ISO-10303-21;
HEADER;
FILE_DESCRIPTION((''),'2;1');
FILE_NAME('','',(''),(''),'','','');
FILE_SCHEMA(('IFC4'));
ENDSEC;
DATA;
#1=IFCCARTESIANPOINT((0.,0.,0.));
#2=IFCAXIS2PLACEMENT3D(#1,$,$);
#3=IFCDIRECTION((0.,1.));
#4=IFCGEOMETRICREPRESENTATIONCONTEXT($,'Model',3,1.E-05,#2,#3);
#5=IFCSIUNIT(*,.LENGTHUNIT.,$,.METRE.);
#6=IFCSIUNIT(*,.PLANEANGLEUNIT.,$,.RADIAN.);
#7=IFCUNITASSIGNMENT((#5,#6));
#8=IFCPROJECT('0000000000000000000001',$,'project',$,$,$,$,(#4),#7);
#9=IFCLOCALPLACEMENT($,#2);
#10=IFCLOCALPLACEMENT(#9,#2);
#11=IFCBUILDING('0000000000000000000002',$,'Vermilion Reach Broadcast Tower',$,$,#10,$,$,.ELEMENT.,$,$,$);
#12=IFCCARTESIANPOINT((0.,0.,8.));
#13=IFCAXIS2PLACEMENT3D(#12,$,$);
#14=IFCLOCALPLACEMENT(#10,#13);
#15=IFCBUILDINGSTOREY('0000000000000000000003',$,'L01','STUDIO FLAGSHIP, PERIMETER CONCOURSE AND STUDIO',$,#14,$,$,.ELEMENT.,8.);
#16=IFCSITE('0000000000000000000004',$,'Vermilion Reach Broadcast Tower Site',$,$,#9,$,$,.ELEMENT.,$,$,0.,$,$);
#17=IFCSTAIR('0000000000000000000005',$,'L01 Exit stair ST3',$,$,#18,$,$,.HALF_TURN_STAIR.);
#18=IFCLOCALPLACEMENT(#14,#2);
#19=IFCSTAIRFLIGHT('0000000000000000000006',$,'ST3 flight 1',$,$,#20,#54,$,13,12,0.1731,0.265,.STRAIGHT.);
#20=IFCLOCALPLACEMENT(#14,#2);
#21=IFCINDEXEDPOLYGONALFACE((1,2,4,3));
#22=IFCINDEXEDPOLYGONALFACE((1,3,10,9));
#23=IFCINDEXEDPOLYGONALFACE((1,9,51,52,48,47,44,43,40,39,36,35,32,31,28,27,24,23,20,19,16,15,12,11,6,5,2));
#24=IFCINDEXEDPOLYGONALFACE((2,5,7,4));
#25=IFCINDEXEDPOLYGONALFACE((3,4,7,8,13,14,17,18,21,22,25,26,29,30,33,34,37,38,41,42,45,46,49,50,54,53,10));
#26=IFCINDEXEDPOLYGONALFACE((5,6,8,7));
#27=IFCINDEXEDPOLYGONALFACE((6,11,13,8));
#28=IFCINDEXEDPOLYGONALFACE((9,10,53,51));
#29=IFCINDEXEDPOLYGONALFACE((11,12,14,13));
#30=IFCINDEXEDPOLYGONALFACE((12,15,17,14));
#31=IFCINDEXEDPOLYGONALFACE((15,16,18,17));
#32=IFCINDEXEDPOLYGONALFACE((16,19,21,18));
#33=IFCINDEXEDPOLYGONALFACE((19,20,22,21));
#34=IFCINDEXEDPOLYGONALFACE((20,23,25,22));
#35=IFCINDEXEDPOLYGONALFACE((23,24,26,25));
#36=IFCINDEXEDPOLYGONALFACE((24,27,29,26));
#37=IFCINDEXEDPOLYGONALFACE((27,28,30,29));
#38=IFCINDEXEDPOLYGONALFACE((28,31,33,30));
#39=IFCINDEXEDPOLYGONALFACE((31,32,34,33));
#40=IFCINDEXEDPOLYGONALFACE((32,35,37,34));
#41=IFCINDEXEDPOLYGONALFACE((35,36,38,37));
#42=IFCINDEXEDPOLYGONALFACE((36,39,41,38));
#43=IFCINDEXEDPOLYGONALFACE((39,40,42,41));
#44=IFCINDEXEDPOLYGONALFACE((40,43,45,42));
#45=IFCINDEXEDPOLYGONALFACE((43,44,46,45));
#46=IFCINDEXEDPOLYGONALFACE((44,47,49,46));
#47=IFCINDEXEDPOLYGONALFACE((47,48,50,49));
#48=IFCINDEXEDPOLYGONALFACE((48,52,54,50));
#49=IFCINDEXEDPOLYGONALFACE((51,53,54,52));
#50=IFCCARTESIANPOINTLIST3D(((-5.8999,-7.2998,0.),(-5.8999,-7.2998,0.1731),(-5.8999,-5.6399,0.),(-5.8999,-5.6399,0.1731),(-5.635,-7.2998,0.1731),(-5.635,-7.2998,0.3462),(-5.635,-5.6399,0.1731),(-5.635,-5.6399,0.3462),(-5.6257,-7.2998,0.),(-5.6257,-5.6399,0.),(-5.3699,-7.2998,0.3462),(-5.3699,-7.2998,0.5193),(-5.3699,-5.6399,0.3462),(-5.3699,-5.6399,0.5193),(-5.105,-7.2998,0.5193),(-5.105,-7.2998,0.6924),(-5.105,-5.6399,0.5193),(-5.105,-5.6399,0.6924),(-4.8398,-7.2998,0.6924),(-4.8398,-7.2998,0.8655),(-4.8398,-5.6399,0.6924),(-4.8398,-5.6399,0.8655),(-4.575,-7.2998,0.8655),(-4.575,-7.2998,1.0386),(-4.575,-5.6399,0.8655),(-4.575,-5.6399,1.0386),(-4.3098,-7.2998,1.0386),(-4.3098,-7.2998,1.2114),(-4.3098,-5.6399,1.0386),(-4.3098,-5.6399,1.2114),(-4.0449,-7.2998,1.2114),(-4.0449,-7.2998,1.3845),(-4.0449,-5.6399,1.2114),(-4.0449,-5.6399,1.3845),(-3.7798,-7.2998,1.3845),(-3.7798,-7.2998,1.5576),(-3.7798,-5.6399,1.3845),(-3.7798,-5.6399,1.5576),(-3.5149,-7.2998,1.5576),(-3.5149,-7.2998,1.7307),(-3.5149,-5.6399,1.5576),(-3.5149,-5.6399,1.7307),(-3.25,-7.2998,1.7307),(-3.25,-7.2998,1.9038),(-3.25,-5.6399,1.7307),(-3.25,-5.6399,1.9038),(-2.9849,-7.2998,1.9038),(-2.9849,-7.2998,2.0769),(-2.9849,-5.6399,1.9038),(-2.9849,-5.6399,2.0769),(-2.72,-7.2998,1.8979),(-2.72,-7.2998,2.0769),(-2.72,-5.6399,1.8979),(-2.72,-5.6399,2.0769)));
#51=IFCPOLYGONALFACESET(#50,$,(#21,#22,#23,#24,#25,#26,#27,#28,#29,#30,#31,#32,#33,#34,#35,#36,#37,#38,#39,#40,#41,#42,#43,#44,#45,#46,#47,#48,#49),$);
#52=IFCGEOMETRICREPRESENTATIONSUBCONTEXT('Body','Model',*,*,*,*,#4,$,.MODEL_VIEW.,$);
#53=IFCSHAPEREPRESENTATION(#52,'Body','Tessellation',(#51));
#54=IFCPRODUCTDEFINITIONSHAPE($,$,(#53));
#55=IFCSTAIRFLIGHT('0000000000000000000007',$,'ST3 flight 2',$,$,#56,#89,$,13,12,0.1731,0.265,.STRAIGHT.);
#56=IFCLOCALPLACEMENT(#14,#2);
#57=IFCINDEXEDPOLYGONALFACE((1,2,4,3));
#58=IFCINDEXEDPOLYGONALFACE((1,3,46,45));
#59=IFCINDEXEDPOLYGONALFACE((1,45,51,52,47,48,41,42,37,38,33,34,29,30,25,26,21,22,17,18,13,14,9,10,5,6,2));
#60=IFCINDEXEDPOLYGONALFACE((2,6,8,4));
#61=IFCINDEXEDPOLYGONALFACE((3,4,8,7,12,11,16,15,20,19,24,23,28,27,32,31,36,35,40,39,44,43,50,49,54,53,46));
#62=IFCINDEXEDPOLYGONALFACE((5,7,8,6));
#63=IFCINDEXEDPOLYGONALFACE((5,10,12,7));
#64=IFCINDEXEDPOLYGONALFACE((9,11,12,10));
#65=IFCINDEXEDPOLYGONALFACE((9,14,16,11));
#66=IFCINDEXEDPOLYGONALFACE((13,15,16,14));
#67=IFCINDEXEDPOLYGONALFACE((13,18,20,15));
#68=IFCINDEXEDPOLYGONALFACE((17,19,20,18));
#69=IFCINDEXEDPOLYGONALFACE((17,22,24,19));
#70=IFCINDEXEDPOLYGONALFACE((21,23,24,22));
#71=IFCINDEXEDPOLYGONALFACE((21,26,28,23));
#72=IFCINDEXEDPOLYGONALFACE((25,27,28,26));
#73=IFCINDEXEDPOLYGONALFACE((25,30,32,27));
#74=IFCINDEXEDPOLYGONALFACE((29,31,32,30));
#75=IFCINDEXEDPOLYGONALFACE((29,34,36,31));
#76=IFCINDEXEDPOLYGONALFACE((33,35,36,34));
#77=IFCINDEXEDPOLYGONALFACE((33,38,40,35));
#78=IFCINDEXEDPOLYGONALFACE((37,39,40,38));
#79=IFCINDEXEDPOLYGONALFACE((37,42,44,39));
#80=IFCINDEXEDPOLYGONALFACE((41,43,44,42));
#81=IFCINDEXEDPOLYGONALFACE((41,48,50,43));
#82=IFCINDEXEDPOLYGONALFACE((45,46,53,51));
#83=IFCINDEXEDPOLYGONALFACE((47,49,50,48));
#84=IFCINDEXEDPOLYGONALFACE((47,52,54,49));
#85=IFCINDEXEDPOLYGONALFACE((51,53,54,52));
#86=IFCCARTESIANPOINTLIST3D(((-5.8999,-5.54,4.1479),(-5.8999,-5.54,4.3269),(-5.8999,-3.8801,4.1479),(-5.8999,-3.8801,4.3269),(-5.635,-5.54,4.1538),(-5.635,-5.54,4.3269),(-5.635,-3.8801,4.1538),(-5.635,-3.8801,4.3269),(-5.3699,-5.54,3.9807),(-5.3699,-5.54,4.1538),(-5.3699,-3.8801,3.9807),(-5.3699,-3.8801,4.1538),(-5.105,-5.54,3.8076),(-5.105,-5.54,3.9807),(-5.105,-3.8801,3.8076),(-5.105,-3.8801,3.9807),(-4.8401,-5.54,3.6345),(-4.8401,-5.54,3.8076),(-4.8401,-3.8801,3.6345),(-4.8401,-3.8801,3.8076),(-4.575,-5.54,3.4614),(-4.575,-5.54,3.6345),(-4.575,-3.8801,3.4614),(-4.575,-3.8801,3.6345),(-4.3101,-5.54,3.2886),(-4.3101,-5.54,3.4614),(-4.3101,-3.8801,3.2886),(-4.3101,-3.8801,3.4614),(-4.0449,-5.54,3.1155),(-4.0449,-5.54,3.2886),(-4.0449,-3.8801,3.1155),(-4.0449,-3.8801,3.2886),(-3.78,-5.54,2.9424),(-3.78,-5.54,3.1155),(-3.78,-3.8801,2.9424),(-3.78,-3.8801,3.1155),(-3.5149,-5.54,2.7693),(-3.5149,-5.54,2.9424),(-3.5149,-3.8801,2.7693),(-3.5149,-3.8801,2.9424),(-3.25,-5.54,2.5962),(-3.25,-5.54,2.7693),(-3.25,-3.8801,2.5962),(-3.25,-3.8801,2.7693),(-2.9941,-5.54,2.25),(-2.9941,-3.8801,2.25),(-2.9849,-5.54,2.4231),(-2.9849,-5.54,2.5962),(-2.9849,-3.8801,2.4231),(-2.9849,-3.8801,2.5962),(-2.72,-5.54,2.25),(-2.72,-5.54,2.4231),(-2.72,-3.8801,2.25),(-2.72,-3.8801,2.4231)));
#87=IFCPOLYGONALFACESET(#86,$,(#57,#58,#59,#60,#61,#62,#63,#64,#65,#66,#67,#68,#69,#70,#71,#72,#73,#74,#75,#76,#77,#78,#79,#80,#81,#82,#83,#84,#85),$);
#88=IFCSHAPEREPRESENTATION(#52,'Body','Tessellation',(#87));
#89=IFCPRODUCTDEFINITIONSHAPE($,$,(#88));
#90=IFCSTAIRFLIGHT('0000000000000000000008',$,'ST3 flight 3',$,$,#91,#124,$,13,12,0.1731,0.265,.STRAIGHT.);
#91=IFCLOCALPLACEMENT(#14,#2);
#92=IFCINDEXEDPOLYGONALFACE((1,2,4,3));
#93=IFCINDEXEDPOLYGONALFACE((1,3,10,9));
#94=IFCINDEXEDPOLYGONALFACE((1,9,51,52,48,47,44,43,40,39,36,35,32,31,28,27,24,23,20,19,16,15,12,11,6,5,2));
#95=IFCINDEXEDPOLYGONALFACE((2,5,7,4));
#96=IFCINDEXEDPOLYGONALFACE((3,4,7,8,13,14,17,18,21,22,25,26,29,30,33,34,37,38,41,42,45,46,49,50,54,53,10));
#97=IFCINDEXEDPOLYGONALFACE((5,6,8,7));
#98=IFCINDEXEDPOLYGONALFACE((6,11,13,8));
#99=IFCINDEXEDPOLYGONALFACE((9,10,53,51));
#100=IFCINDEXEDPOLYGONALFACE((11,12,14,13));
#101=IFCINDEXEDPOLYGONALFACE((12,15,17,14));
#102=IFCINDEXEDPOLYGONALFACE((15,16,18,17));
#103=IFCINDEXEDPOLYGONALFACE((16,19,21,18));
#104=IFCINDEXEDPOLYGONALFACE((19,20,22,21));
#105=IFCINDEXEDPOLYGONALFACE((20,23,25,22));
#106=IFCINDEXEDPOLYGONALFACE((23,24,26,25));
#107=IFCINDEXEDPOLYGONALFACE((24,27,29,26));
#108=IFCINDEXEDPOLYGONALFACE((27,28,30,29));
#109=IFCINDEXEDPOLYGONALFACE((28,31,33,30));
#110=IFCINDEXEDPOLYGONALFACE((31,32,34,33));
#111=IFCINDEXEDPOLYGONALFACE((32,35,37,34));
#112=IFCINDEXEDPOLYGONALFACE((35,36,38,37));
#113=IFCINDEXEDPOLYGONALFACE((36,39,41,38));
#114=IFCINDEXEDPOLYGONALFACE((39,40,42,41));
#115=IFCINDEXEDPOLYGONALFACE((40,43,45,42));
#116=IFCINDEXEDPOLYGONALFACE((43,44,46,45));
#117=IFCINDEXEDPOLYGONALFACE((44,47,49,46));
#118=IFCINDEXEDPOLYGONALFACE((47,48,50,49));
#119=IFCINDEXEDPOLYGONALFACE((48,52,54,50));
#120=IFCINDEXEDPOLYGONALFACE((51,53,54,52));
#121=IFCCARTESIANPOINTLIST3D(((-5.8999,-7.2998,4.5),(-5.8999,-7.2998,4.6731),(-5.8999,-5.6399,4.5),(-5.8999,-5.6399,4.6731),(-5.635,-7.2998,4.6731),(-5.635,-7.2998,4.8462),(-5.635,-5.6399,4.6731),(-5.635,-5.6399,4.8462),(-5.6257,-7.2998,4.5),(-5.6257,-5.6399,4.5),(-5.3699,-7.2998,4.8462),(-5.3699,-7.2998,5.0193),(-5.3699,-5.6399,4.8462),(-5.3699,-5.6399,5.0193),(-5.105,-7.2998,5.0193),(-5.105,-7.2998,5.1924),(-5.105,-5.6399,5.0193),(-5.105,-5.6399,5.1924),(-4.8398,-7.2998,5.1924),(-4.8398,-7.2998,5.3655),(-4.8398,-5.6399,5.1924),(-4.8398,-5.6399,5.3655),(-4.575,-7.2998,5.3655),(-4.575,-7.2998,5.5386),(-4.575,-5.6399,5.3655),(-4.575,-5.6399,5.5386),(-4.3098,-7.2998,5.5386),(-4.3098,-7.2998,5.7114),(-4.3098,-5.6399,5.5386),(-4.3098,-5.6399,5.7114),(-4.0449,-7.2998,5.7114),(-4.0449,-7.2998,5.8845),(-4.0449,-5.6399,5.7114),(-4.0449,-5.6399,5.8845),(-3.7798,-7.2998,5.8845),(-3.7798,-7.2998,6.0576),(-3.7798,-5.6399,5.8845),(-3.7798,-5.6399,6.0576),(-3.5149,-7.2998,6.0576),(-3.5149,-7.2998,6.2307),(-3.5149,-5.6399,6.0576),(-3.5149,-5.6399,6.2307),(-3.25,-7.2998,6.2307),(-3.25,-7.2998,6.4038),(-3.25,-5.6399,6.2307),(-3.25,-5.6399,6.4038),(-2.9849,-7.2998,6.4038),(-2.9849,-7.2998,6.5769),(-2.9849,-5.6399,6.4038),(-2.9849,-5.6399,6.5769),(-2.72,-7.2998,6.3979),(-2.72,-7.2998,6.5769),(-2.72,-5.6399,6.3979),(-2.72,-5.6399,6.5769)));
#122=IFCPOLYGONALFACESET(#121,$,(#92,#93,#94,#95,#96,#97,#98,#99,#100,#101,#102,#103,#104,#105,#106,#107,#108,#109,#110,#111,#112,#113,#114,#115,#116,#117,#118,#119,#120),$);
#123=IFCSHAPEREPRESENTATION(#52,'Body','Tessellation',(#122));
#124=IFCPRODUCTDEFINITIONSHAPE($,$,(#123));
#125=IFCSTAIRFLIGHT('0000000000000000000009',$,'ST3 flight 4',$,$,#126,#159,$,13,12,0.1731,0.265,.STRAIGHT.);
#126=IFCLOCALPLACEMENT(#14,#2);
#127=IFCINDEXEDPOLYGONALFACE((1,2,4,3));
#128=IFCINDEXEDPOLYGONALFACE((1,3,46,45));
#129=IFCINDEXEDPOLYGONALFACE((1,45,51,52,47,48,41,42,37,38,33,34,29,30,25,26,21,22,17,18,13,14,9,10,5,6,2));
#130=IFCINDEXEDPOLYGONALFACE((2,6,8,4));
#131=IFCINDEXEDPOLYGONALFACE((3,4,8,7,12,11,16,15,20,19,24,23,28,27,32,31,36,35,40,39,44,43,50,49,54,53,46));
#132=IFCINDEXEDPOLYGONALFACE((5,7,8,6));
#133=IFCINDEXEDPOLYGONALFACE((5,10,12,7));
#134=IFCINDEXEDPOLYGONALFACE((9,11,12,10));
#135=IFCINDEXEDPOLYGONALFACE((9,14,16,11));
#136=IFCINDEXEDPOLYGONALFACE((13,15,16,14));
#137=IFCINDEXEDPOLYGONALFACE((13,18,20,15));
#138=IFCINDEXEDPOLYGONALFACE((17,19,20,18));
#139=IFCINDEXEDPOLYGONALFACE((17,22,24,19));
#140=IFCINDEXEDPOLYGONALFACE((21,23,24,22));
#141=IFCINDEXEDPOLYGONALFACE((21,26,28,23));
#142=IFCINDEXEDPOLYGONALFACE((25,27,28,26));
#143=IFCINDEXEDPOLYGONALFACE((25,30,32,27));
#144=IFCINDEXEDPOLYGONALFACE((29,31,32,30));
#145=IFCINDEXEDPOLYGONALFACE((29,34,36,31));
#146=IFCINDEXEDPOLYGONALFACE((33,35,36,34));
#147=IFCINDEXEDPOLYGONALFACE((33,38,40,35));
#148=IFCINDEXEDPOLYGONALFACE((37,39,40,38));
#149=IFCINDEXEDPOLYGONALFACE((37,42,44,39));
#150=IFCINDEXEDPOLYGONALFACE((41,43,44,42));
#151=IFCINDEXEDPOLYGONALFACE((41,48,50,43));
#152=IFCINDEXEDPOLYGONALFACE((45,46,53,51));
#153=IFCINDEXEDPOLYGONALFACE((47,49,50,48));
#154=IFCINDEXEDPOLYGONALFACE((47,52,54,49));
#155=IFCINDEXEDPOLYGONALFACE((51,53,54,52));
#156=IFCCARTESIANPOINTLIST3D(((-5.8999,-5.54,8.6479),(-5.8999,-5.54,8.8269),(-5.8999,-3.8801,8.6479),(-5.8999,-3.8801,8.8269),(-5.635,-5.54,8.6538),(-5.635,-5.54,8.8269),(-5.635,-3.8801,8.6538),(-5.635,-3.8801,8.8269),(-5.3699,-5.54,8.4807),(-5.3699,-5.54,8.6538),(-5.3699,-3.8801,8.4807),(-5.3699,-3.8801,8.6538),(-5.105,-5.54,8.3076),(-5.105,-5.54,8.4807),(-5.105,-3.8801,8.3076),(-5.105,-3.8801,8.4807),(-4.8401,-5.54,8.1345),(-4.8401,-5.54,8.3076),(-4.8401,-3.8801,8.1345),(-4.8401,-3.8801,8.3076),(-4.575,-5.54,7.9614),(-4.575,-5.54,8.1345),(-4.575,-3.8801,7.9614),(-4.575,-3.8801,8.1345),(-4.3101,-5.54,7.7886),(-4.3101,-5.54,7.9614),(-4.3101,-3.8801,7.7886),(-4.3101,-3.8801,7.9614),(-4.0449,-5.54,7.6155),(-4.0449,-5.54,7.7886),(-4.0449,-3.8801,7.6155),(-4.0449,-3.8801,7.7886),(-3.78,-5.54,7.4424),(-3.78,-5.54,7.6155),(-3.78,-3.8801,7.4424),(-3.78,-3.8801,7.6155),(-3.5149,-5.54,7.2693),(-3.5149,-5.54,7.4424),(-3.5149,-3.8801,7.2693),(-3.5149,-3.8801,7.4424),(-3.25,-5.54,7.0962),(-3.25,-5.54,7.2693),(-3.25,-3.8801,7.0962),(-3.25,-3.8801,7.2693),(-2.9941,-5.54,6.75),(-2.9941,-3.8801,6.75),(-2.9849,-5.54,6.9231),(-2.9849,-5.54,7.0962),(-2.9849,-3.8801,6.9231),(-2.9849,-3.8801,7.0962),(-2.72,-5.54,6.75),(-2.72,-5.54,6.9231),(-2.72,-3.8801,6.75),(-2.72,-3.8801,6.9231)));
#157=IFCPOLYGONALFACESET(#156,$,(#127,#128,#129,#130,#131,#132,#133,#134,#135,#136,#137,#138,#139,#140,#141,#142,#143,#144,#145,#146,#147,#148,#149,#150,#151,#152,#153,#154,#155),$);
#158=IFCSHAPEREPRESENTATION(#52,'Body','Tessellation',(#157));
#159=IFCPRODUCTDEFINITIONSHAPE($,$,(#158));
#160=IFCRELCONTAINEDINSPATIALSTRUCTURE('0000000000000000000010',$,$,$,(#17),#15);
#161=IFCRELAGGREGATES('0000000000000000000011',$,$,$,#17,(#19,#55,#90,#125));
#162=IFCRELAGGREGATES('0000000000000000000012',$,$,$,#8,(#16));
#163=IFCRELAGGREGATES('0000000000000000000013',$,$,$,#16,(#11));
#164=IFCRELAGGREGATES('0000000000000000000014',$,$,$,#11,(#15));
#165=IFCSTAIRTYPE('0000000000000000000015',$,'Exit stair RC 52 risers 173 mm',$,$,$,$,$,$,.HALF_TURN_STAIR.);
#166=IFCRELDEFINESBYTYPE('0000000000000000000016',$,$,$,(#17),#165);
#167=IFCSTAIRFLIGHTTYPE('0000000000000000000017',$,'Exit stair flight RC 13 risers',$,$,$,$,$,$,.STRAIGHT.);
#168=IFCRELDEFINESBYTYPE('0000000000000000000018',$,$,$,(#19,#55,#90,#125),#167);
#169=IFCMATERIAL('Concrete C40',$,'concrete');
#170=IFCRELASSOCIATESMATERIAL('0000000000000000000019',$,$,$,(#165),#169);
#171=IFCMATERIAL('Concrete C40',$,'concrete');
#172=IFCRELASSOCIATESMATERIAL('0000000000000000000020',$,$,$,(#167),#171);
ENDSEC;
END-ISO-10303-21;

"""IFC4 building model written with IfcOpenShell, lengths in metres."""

from ifc_helpers import new_model, si_unit, direction, frame, origin, place, context, subcontext, project, spatial, polyline, outline, extrude, material, type_object, element, aggregate, save


model = new_model("IFC4")

# Units and contexts
model_context = context("Model", 3, precision=1e-05, world=origin(), true_north=direction((0.0, 1.0)))
body_context = subcontext(model_context, "Body", "Model", "MODEL_VIEW")
ifc_project = project(units=[si_unit("LENGTHUNIT", "METRE"), si_unit("PLANEANGLEUNIT", "RADIAN")], contexts=[model_context])

# Site, building, storey
site_placement = place(None, origin())
site = spatial("IfcSite", under=ifc_project, at=site_placement, Name="Vermilion Reach Broadcast Tower Site", CompositionType="ELEMENT", RefElevation=0.0)
building_placement = place(site_placement, origin())
building = spatial("IfcBuilding", under=site, at=building_placement, Name="Vermilion Reach Broadcast Tower", CompositionType="ELEMENT")
storey_placement = place(building_placement, frame((0.0, 0.0, 8.0)))
storey = spatial("IfcBuildingStorey", under=building, at=storey_placement, Name="L01", Description="STUDIO FLAGSHIP, PERIMETER CONCOURSE AND STUDIO", CompositionType="ELEMENT", Elevation=8.0)

# Stair, stair flights
ifc_material_1 = material(Name="Concrete C40", Category="concrete")
stair_type = type_object("IfcStairType", Name="Exit stair RC 52 risers 173 mm", PredefinedType="HALF_TURN_STAIR", material=ifc_material_1)
stair_placement = place(storey_placement, origin())
stair = element("IfcStair", 1, at=stair_placement, inside=storey, type_object=stair_type, Name="L01 Exit stair ST3", PredefinedType="HALF_TURN_STAIR")
ifc_material_2 = material(Name="Concrete C40", Category="concrete")
stair_flight_type = type_object("IfcStairFlightType", Name="Exit stair flight RC 13 risers", PredefinedType="STRAIGHT", material=ifc_material_2)
stair_flight_1_placement = place(storey_placement, frame((-5.8999, -6.47, 0.0), z_axis=(0.0, 0.0, 1.0), x_axis=(1.0, 0.0, 0.0)))
stair_flight_1 = element("IfcStairFlight", 2, at=stair_flight_1_placement, type_object=stair_flight_type, Name="ST3 flight 1", NumberOfRisers=13, NumberOfTreads=12, PredefinedType="STRAIGHT", RiserHeight=0.1731, TreadLength=0.265, context=body_context, shape_type="SweptSolid", body=[
    extrude(outline(polyline([(0.0, 0.0), (0.0, 0.1731), (0.2649, 0.1731), (0.2649, 0.3462), (0.53, 0.3462), (0.53, 0.5193), (0.7949, 0.5193), (0.7949, 0.6924), (1.0601, 0.6924), (1.0601, 0.8655), (1.325, 0.8655), (1.325, 1.0386), (1.5901, 1.0386), (1.5901, 1.2114), (1.855, 1.2114), (1.855, 1.3845), (2.1201, 1.3845), (2.1201, 1.5576), (2.385, 1.5576), (2.385, 1.7307), (2.6499, 1.7307), (2.6499, 1.9038), (2.915, 1.9038), (2.915, 2.0769), (3.1799, 2.0769), (3.1799, 2.25), (3.1799, 1.8979), (0.2742, 0.0), (0.0, 0.0)])), frame((0.0, 0.8301, 0.0), z_axis=(0.0, -1.0, 0.0), x_axis=(1.0, 0.0, 0.0)), (0.0, 0.0, 1.0), 1.6599),
])
stair_flight_2_placement = place(storey_placement, frame((-2.72, -4.71, 2.25), z_axis=(0.0, 0.0, 1.0), x_axis=(-1.0, 0.0, 0.0)))
stair_flight_2 = element("IfcStairFlight", 3, at=stair_flight_2_placement, type_object=stair_flight_type, Name="ST3 flight 2", NumberOfRisers=13, NumberOfTreads=12, PredefinedType="STRAIGHT", RiserHeight=0.1731, TreadLength=0.265, context=body_context, shape_type="SweptSolid", body=[
    extrude(outline(polyline([(0.0, 0.0), (0.0, 0.1731), (0.2649, 0.1731), (0.2649, 0.3462), (0.53, 0.3462), (0.53, 0.5193), (0.7949, 0.5193), (0.7949, 0.6924), (1.0601, 0.6924), (1.0601, 0.8655), (1.325, 0.8655), (1.325, 1.0386), (1.5901, 1.0386), (1.5901, 1.2114), (1.855, 1.2114), (1.855, 1.3845), (2.1201, 1.3845), (2.1201, 1.5576), (2.385, 1.5576), (2.385, 1.7307), (2.6499, 1.7307), (2.6499, 1.9038), (2.915, 1.9038), (2.915, 2.0769), (3.1799, 2.0769), (3.1799, 2.25), (3.1799, 1.8979), (0.2742, 0.0), (0.0, 0.0)])), frame((0.0, 0.8301, 0.0), z_axis=(0.0, -1.0, 0.0), x_axis=(1.0, 0.0, 0.0)), (0.0, 0.0, 1.0), 1.6599),
])
stair_flight_3_placement = place(storey_placement, frame((-5.8999, -6.47, 4.5), z_axis=(0.0, 0.0, 1.0), x_axis=(1.0, 0.0, 0.0)))
stair_flight_3 = element("IfcStairFlight", 4, at=stair_flight_3_placement, type_object=stair_flight_type, Name="ST3 flight 3", NumberOfRisers=13, NumberOfTreads=12, PredefinedType="STRAIGHT", RiserHeight=0.1731, TreadLength=0.265, context=body_context, shape_type="SweptSolid", body=[
    extrude(outline(polyline([(0.0, 0.0), (0.0, 0.1731), (0.2649, 0.1731), (0.2649, 0.3462), (0.53, 0.3462), (0.53, 0.5193), (0.7949, 0.5193), (0.7949, 0.6924), (1.0601, 0.6924), (1.0601, 0.8655), (1.325, 0.8655), (1.325, 1.0386), (1.5901, 1.0386), (1.5901, 1.2114), (1.855, 1.2114), (1.855, 1.3845), (2.1201, 1.3845), (2.1201, 1.5576), (2.385, 1.5576), (2.385, 1.7307), (2.6499, 1.7307), (2.6499, 1.9038), (2.915, 1.9038), (2.915, 2.0769), (3.1799, 2.0769), (3.1799, 2.25), (3.1799, 1.8979), (0.2742, 0.0), (0.0, 0.0)])), frame((0.0, 0.8301, 0.0), z_axis=(0.0, -1.0, 0.0), x_axis=(1.0, 0.0, 0.0)), (0.0, 0.0, 1.0), 1.6599),
])
stair_flight_4_placement = place(storey_placement, frame((-2.72, -4.71, 6.75), z_axis=(0.0, 0.0, 1.0), x_axis=(-1.0, 0.0, 0.0)))
stair_flight_4 = element("IfcStairFlight", 5, at=stair_flight_4_placement, type_object=stair_flight_type, Name="ST3 flight 4", NumberOfRisers=13, NumberOfTreads=12, PredefinedType="STRAIGHT", RiserHeight=0.1731, TreadLength=0.265, context=body_context, shape_type="SweptSolid", body=[
    extrude(outline(polyline([(0.0, 0.0), (0.0, 0.1731), (0.2649, 0.1731), (0.2649, 0.3462), (0.53, 0.3462), (0.53, 0.5193), (0.7949, 0.5193), (0.7949, 0.6924), (1.0601, 0.6924), (1.0601, 0.8655), (1.325, 0.8655), (1.325, 1.0386), (1.5901, 1.0386), (1.5901, 1.2114), (1.855, 1.2114), (1.855, 1.3845), (2.1201, 1.3845), (2.1201, 1.5576), (2.385, 1.5576), (2.385, 1.7307), (2.6499, 1.7307), (2.6499, 1.9038), (2.915, 1.9038), (2.915, 2.0769), (3.1799, 2.0769), (3.1799, 2.25), (3.1799, 1.8979), (0.2742, 0.0), (0.0, 0.0)])), frame((0.0, 0.8301, 0.0), z_axis=(0.0, -1.0, 0.0), x_axis=(1.0, 0.0, 0.0)), (0.0, 0.0, 1.0), 1.6599),
])
aggregate(stair, [stair_flight_1, stair_flight_2, stair_flight_3, stair_flight_4])

save(model, "model.ifc")
